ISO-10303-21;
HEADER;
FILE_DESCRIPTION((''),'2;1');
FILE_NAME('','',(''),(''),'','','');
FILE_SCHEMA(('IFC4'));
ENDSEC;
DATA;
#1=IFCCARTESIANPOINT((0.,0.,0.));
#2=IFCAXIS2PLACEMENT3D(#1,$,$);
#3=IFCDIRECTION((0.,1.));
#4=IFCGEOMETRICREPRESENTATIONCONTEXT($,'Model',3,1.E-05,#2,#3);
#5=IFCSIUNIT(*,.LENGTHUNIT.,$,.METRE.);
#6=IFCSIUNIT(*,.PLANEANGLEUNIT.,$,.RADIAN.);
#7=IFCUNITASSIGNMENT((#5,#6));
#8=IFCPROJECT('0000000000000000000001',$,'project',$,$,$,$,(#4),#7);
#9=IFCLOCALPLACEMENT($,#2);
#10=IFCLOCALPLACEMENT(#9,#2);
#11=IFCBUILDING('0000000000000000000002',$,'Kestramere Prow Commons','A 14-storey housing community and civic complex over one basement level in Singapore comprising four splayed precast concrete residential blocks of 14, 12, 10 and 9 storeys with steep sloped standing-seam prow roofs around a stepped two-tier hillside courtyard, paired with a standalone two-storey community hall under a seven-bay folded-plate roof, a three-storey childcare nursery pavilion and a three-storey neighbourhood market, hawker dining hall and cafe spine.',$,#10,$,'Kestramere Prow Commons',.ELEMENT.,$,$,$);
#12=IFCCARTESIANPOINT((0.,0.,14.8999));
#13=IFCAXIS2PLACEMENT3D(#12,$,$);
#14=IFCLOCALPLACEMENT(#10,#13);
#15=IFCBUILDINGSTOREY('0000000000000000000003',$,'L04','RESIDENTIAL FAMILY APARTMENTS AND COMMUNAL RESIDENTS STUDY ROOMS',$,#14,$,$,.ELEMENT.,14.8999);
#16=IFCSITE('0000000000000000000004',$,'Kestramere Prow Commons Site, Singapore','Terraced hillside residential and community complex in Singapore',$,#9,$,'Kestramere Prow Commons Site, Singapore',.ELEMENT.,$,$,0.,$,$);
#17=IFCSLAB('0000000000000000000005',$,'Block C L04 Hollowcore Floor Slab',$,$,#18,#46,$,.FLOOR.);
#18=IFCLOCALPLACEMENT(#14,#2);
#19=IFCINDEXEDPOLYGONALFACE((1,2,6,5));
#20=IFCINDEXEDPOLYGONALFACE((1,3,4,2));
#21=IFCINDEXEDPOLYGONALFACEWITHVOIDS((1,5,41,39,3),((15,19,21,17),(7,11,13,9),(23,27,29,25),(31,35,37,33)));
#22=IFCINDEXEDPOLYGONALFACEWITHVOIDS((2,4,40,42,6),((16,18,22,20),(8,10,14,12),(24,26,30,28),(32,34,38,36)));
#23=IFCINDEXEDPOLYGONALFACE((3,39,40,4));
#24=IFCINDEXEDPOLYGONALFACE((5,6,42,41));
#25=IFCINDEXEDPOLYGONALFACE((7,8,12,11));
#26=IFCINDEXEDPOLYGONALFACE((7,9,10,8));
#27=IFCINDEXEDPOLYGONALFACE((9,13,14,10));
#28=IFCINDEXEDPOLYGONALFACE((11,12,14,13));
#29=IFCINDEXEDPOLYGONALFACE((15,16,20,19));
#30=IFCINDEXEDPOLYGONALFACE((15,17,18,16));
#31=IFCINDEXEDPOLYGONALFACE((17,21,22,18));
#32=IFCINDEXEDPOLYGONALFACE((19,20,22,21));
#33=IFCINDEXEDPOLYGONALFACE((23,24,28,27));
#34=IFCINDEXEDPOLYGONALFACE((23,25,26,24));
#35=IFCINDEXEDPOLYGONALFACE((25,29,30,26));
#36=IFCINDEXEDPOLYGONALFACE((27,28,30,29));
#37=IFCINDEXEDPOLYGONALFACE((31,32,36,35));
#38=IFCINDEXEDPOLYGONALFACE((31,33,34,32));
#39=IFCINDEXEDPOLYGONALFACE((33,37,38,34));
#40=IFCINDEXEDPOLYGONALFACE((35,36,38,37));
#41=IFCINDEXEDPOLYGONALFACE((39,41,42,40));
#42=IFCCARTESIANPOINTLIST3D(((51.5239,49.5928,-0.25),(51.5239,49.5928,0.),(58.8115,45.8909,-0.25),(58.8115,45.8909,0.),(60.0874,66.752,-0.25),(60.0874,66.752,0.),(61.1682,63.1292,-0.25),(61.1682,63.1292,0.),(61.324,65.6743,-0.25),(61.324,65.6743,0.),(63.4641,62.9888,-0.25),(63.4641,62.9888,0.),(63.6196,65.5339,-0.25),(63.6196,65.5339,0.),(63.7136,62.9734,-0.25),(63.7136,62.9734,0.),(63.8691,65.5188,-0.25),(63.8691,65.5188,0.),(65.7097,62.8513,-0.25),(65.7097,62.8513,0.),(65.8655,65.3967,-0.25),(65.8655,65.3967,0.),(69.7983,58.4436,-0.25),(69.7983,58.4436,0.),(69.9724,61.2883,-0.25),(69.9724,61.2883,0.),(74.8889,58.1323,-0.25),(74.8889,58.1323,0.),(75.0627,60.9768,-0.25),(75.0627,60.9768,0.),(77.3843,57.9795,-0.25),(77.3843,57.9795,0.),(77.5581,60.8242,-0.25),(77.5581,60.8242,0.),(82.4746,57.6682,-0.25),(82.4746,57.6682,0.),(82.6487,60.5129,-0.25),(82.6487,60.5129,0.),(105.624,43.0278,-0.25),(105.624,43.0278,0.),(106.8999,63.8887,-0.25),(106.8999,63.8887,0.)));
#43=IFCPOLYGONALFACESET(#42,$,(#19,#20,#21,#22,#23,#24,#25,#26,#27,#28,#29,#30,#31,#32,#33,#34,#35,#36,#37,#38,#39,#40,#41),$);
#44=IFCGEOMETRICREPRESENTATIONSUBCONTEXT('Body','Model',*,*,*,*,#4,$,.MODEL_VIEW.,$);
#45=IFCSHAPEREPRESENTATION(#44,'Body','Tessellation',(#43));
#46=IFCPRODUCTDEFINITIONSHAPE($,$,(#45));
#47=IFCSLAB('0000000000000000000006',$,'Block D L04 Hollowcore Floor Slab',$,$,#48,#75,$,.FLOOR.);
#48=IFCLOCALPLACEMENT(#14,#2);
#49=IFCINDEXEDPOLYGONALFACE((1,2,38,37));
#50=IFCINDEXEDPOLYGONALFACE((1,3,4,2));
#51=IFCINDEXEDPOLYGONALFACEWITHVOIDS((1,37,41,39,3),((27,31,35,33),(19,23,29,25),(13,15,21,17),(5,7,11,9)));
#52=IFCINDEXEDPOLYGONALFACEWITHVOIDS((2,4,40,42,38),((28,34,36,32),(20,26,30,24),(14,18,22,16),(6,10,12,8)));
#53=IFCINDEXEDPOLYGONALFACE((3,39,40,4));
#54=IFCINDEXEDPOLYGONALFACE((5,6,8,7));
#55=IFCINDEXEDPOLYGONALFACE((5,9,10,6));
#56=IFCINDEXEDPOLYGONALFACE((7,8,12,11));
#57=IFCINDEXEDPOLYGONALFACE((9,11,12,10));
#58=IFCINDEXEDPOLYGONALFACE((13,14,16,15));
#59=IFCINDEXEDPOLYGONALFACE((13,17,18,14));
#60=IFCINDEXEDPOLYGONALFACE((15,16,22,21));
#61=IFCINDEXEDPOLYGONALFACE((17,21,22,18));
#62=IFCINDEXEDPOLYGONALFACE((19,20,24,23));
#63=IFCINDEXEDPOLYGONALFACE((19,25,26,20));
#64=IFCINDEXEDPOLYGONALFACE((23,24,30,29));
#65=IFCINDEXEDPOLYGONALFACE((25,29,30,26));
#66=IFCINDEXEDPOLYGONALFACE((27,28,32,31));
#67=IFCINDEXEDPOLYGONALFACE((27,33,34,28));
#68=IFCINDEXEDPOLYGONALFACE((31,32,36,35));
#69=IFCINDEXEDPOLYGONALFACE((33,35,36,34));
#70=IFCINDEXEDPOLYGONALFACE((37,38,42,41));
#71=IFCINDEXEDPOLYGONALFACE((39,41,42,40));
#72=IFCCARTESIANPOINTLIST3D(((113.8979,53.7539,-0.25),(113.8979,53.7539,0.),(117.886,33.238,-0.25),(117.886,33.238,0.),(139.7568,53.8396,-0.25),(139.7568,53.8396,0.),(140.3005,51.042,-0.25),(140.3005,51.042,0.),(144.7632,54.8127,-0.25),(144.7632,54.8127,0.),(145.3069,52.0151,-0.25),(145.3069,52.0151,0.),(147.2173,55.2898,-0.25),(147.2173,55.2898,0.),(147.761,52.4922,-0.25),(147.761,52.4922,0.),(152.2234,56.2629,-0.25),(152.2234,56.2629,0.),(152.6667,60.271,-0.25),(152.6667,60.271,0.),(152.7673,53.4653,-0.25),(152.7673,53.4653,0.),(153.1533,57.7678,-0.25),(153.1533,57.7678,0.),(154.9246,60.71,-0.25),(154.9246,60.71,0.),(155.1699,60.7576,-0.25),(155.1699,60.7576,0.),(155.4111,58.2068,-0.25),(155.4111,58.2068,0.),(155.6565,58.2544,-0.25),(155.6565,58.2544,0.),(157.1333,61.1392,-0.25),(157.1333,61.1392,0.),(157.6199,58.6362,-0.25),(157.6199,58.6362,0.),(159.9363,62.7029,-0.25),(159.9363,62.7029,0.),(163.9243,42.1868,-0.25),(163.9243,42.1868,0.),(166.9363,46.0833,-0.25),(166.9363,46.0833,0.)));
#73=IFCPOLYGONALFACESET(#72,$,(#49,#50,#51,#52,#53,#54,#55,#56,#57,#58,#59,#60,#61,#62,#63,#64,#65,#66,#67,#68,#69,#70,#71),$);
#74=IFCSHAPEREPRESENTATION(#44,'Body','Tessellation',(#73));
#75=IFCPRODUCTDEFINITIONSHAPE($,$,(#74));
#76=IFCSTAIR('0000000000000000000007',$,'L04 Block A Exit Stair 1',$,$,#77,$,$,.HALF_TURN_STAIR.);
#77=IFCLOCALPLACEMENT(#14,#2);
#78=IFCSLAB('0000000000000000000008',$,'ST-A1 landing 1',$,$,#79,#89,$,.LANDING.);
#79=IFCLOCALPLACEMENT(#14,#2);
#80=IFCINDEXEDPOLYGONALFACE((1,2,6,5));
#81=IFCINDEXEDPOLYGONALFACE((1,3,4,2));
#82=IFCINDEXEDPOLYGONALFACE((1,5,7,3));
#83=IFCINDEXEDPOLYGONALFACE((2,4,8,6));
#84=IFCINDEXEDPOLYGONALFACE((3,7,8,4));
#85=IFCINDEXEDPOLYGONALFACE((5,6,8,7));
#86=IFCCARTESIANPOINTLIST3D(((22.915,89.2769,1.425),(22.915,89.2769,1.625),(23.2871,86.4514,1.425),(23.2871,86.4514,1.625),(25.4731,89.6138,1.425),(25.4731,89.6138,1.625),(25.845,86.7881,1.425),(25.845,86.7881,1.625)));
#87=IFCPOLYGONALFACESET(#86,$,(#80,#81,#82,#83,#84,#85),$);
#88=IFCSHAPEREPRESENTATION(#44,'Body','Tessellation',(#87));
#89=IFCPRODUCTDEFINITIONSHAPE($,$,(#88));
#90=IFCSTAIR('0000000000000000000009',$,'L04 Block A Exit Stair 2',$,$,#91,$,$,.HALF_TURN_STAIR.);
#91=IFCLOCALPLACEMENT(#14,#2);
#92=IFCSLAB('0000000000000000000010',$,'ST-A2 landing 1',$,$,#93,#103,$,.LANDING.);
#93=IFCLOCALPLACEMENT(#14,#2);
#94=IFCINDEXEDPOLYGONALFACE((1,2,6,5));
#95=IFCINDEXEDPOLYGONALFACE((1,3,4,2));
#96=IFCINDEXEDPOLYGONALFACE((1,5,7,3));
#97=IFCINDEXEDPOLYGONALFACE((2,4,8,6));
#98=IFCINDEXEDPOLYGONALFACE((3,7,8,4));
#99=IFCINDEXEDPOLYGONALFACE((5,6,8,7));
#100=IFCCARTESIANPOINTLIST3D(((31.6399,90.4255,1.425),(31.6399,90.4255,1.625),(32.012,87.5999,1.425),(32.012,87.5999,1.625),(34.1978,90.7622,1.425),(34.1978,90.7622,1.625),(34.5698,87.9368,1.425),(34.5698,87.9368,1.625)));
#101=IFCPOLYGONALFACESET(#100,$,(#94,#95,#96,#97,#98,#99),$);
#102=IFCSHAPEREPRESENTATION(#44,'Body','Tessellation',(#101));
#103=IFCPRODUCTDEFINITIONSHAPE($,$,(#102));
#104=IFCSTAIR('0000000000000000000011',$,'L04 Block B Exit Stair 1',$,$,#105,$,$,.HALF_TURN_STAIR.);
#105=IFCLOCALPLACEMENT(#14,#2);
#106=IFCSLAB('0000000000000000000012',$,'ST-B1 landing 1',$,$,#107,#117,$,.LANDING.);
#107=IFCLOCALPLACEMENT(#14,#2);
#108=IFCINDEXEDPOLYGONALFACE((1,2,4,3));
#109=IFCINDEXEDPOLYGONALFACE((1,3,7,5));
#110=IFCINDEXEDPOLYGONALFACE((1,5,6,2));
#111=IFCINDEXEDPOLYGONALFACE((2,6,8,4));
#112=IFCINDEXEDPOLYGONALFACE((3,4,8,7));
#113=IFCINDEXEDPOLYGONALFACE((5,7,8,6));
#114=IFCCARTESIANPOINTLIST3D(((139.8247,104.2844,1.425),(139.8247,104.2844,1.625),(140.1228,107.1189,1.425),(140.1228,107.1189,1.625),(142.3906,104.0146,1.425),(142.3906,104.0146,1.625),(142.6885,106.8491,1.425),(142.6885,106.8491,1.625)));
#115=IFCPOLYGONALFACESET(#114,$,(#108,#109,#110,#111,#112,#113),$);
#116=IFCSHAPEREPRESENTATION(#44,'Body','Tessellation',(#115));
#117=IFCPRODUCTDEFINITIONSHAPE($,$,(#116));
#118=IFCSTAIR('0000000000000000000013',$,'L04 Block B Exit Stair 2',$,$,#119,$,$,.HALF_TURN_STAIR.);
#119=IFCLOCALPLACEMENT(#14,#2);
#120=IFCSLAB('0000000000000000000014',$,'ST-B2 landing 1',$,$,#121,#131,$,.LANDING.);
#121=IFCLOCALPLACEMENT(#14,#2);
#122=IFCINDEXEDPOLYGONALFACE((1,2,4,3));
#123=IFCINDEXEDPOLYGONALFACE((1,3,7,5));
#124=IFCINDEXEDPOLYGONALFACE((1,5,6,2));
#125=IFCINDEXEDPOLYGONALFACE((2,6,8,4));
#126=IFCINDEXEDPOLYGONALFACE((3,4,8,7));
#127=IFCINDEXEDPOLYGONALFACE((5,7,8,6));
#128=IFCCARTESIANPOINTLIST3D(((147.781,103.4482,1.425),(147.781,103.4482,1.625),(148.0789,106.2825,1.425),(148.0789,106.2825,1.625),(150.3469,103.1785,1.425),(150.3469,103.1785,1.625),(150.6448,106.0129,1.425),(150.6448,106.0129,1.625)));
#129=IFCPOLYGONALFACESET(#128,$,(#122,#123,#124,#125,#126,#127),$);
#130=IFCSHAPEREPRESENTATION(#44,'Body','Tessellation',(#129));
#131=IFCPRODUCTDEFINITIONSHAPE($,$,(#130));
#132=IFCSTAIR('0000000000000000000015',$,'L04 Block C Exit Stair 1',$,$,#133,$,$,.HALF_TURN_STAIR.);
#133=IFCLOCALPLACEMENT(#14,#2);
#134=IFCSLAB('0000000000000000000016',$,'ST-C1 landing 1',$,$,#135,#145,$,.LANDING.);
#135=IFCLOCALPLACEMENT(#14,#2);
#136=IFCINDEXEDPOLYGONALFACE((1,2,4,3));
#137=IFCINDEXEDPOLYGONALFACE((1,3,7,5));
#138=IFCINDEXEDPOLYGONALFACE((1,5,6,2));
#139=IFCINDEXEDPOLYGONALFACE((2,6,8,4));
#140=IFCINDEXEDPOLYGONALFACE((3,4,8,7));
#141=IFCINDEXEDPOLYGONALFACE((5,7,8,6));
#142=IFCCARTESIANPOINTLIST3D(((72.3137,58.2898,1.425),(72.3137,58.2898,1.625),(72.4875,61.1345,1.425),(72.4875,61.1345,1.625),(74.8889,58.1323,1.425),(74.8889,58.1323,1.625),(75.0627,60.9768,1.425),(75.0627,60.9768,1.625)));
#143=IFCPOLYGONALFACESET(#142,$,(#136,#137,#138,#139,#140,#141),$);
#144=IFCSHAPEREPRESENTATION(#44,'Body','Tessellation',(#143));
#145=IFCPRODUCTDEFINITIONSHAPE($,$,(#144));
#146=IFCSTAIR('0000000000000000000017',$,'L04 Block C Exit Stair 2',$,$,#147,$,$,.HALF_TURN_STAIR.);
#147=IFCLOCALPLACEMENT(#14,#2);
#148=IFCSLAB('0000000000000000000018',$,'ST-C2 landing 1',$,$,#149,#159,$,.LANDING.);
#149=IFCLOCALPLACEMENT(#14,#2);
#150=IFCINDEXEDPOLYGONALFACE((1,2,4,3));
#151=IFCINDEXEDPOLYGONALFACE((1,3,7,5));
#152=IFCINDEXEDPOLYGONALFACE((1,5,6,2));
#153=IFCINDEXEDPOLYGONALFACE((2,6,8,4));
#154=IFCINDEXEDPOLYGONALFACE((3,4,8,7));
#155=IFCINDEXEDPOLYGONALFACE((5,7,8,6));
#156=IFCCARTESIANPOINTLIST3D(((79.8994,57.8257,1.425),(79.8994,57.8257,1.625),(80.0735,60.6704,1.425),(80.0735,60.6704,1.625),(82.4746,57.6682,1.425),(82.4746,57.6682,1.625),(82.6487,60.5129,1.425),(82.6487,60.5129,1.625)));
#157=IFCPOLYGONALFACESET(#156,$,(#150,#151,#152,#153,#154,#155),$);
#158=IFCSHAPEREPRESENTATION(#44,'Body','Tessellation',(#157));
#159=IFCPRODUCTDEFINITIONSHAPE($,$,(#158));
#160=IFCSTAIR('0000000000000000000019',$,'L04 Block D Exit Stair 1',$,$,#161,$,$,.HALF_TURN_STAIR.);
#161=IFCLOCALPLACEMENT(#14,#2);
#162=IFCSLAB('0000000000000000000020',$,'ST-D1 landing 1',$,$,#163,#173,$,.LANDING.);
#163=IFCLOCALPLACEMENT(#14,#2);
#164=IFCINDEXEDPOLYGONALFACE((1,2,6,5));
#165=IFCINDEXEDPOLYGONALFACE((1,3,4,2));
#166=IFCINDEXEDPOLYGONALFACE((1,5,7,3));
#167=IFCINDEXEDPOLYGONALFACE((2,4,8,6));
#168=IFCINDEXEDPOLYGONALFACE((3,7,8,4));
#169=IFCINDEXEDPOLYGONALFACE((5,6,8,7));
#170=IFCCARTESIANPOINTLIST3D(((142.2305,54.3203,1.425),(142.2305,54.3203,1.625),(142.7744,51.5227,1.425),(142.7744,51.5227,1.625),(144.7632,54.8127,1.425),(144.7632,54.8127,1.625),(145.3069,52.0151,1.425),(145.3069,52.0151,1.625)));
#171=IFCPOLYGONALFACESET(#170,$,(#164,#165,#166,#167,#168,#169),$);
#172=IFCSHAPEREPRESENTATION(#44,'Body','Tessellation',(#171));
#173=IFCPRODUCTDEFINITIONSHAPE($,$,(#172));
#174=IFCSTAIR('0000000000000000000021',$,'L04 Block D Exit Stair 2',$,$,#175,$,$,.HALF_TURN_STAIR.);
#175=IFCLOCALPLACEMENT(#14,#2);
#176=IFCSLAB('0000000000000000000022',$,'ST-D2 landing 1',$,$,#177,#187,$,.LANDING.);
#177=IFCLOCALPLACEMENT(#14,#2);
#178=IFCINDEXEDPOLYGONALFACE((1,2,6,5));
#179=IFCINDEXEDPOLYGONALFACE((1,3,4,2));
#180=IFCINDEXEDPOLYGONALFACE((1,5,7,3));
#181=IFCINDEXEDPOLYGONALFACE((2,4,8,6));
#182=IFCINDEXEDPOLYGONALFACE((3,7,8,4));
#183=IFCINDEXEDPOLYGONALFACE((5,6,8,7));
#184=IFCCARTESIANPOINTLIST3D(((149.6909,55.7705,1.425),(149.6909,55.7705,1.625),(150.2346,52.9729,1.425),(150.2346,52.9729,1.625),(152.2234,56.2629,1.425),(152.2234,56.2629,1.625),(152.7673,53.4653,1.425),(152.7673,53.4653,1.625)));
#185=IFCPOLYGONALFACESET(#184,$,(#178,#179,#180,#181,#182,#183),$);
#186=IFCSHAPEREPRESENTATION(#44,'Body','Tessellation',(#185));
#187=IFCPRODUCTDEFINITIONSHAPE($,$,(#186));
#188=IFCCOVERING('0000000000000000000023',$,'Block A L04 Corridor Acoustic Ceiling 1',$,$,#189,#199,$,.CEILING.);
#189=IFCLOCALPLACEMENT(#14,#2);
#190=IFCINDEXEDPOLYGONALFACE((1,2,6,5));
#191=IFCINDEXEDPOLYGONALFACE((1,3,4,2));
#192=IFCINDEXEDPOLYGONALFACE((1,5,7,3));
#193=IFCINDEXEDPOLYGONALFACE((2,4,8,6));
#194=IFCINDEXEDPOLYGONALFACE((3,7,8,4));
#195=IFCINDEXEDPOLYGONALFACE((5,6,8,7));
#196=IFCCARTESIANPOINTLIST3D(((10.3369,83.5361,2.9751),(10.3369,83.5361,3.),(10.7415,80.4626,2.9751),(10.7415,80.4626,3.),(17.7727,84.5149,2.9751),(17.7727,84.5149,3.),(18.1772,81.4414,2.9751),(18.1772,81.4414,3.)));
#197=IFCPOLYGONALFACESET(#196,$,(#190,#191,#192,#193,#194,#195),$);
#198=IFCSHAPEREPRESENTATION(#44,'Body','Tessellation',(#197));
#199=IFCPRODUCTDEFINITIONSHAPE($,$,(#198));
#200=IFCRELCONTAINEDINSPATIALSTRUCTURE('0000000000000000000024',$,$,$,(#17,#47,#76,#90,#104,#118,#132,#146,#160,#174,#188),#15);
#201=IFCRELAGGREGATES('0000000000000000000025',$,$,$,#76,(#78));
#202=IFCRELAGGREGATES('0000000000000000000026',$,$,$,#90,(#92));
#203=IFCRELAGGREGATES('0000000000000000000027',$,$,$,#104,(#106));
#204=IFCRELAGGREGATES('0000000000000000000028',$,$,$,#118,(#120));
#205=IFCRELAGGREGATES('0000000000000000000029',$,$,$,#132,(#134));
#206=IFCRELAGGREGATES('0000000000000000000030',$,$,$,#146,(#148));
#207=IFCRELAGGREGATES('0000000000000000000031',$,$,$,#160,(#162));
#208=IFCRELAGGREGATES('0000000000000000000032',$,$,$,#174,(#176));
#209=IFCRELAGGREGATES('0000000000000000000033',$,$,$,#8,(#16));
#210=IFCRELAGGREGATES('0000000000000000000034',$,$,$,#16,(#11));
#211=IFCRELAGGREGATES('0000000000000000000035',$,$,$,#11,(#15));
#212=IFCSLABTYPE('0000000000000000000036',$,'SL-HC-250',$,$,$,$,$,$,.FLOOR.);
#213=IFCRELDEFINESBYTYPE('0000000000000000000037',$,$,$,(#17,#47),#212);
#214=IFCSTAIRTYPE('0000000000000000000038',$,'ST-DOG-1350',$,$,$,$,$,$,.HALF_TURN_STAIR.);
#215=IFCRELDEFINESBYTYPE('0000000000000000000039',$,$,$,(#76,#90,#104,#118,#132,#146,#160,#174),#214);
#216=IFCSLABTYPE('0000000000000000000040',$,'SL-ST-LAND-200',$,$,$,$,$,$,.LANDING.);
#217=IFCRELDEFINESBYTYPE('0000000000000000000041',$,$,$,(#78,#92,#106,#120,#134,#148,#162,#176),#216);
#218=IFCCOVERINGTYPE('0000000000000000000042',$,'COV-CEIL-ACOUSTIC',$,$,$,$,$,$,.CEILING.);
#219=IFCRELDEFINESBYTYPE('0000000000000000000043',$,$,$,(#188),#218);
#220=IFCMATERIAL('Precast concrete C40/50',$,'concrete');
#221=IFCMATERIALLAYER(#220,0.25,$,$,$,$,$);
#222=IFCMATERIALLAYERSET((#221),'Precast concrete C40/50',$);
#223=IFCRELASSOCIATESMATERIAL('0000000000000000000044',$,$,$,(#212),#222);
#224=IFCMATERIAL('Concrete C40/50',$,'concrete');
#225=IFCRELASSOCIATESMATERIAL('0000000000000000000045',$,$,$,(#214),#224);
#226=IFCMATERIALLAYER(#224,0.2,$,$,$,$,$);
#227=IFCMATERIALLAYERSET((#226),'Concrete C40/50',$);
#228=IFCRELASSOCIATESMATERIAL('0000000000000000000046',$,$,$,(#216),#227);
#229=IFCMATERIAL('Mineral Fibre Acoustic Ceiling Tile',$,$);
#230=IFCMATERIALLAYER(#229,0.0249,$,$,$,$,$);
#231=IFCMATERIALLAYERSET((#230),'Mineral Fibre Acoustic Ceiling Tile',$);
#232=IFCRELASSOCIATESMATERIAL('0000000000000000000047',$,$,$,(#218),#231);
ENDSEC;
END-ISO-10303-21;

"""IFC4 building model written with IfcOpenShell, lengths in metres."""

from ifc_helpers import new_model, si_unit, direction, frame, origin, place, context, subcontext, project, spatial, polyline, outline, extrude, material, layer, layer_set, type_object, element, aggregate, save


model = new_model("IFC4")

# Units and contexts
model_context = context("Model", 3, precision=1e-05, world=origin(), true_north=direction((0.0, 1.0)))
body_context = subcontext(model_context, "Body", "Model", "MODEL_VIEW")
ifc_project = project(units=[si_unit("LENGTHUNIT", "METRE"), si_unit("PLANEANGLEUNIT", "RADIAN")], contexts=[model_context])

# Site, building, storey
site_placement = place(None, origin())
site = spatial("IfcSite", under=ifc_project, at=site_placement, Name="Kestramere Prow Commons Site, Singapore", Description="Terraced hillside residential and community complex in Singapore", LongName="Kestramere Prow Commons Site, Singapore", CompositionType="ELEMENT", RefElevation=0.0)
building_placement = place(site_placement, origin())
building = spatial("IfcBuilding", under=site, at=building_placement, Name="Kestramere Prow Commons", Description="A 14-storey housing community and civic complex over one basement level in Singapore comprising four splayed precast concrete residential blocks of 14, 12, 10 and 9 storeys with steep sloped standing-seam prow roofs around a stepped two-tier hillside courtyard, paired with a standalone two-storey community hall under a seven-bay folded-plate roof, a three-storey childcare nursery pavilion and a three-storey neighbourhood market, hawker dining hall and cafe spine.", LongName="Kestramere Prow Commons", CompositionType="ELEMENT")
storey_placement = place(building_placement, frame((0.0, 0.0, 14.8999)))
storey = spatial("IfcBuildingStorey", under=building, at=storey_placement, Name="L04", Description="RESIDENTIAL FAMILY APARTMENTS AND COMMUNAL RESIDENTS STUDY ROOMS", CompositionType="ELEMENT", Elevation=14.8999)

# Slabs
ifc_material_1 = material(Name="Precast concrete C40/50", Category="concrete")
ifc_layer_1 = layer(ifc_material_1, 0.25)
ifc_layer_set_1 = layer_set([ifc_layer_1], Name="Precast concrete C40/50")
slab_type_1 = type_object("IfcSlabType", Name="SL-HC-250", PredefinedType="FLOOR", material=ifc_layer_set_1)
slab_1_placement = place(storey_placement, frame((0.0, 0.0, -0.25)))
element("IfcSlab", 1, at=slab_1_placement, inside=storey, type_object=slab_type_1, Name="Block C L04 Hollowcore Floor Slab", PredefinedType="FLOOR", context=body_context, shape_type="SweptSolid", body=[
    extrude(outline(polyline([(51.5239, 49.5928), (58.8115, 45.8909), (105.624, 43.0278), (106.8999, 63.8887), (60.0874, 66.752), (51.5239, 49.5928)]), holes=[polyline([(61.1682, 63.1292), (63.4641, 62.9888), (63.6196, 65.5339), (61.324, 65.6743), (61.1682, 63.1292)]), polyline([(63.7136, 62.9734), (65.7097, 62.8513), (65.8655, 65.3967), (63.8691, 65.5188), (63.7136, 62.9734)]), polyline([(69.7983, 58.4436), (74.8889, 58.1323), (75.0627, 60.9768), (69.9724, 61.2883), (69.7983, 58.4436)]), polyline([(77.3843, 57.9795), (82.4746, 57.6682), (82.6487, 60.5129), (77.5581, 60.8242), (77.3843, 57.9795)])]), origin(), (0.0, 0.0, 1.0), 0.25),
])
slab_2_placement = place(storey_placement, frame((0.0, 0.0, -0.25)))
element("IfcSlab", 2, at=slab_2_placement, inside=storey, type_object=slab_type_1, Name="Block D L04 Hollowcore Floor Slab", PredefinedType="FLOOR", context=body_context, shape_type="SweptSolid", body=[
    extrude(outline(polyline([(117.886, 33.238), (163.9243, 42.1868), (166.9363, 46.0833), (159.9363, 62.7029), (113.8979, 53.7539), (117.886, 33.238)]), holes=[polyline([(153.1533, 57.7678), (155.4111, 58.2068), (154.9246, 60.71), (152.6667, 60.271), (153.1533, 57.7678)]), polyline([(155.6565, 58.2544), (157.6199, 58.6362), (157.1333, 61.1392), (155.1699, 60.7576), (155.6565, 58.2544)]), polyline([(140.3005, 51.042), (145.3069, 52.0151), (144.7632, 54.8127), (139.7568, 53.8396), (140.3005, 51.042)]), polyline([(147.761, 52.4922), (152.7673, 53.4653), (152.2234, 56.2629), (147.2173, 55.2898), (147.761, 52.4922)])]), origin(), (0.0, 0.0, 1.0), 0.25),
])

# Stairs, slabs
ifc_material_2 = material(Name="Concrete C40/50", Category="concrete")
stair_type = type_object("IfcStairType", Name="ST-DOG-1350", PredefinedType="HALF_TURN_STAIR", material=ifc_material_2)
stair_1_placement = place(storey_placement, origin())
stair_1 = element("IfcStair", 3, at=stair_1_placement, inside=storey, type_object=stair_type, Name="L04 Block A Exit Stair 1", PredefinedType="HALF_TURN_STAIR")
ifc_layer_2 = layer(ifc_material_2, 0.2)
ifc_layer_set_2 = layer_set([ifc_layer_2], Name="Concrete C40/50")
slab_type_2 = type_object("IfcSlabType", Name="SL-ST-LAND-200", PredefinedType="LANDING", material=ifc_layer_set_2)
slab_3_placement = place(storey_placement, frame((0.0, 0.0, 1.425)))
slab_3 = element("IfcSlab", 4, at=slab_3_placement, type_object=slab_type_2, Name="ST-A1 landing 1", PredefinedType="LANDING", context=body_context, shape_type="SweptSolid", body=[
    extrude(outline(polyline([(23.2871, 86.4514), (25.845, 86.7881), (25.4731, 89.6138), (22.915, 89.2769), (23.2871, 86.4514)])), origin(), (0.0, 0.0, 1.0), 0.2),
])
aggregate(stair_1, [slab_3])
stair_2_placement = place(storey_placement, origin())
stair_2 = element("IfcStair", 5, at=stair_2_placement, inside=storey, type_object=stair_type, Name="L04 Block A Exit Stair 2", PredefinedType="HALF_TURN_STAIR")
slab_4_placement = place(storey_placement, frame((0.0, 0.0, 1.425)))
slab_4 = element("IfcSlab", 6, at=slab_4_placement, type_object=slab_type_2, Name="ST-A2 landing 1", PredefinedType="LANDING", context=body_context, shape_type="SweptSolid", body=[
    extrude(outline(polyline([(32.012, 87.5999), (34.5698, 87.9368), (34.1978, 90.7622), (31.6399, 90.4255), (32.012, 87.5999)])), origin(), (0.0, 0.0, 1.0), 0.2),
])
aggregate(stair_2, [slab_4])
stair_3_placement = place(storey_placement, origin())
stair_3 = element("IfcStair", 7, at=stair_3_placement, inside=storey, type_object=stair_type, Name="L04 Block B Exit Stair 1", PredefinedType="HALF_TURN_STAIR")
slab_5_placement = place(storey_placement, frame((0.0, 0.0, 1.425)))
slab_5 = element("IfcSlab", 8, at=slab_5_placement, type_object=slab_type_2, Name="ST-B1 landing 1", PredefinedType="LANDING", context=body_context, shape_type="SweptSolid", body=[
    extrude(outline(polyline([(139.8247, 104.2844), (142.3906, 104.0146), (142.6885, 106.8491), (140.1228, 107.1189), (139.8247, 104.2844)])), origin(), (0.0, 0.0, 1.0), 0.2),
])
aggregate(stair_3, [slab_5])
stair_4_placement = place(storey_placement, origin())
stair_4 = element("IfcStair", 9, at=stair_4_placement, inside=storey, type_object=stair_type, Name="L04 Block B Exit Stair 2", PredefinedType="HALF_TURN_STAIR")
slab_6_placement = place(storey_placement, frame((0.0, 0.0, 1.425)))
slab_6 = element("IfcSlab", 10, at=slab_6_placement, type_object=slab_type_2, Name="ST-B2 landing 1", PredefinedType="LANDING", context=body_context, shape_type="SweptSolid", body=[
    extrude(outline(polyline([(147.781, 103.4482), (150.3469, 103.1785), (150.6448, 106.0129), (148.0789, 106.2825), (147.781, 103.4482)])), origin(), (0.0, 0.0, 1.0), 0.2),
])
aggregate(stair_4, [slab_6])
stair_5_placement = place(storey_placement, origin())
stair_5 = element("IfcStair", 11, at=stair_5_placement, inside=storey, type_object=stair_type, Name="L04 Block C Exit Stair 1", PredefinedType="HALF_TURN_STAIR")
slab_7_placement = place(storey_placement, frame((0.0, 0.0, 1.425)))
slab_7 = element("IfcSlab", 12, at=slab_7_placement, type_object=slab_type_2, Name="ST-C1 landing 1", PredefinedType="LANDING", context=body_context, shape_type="SweptSolid", body=[
    extrude(outline(polyline([(72.3137, 58.2898), (74.8889, 58.1323), (75.0627, 60.9768), (72.4875, 61.1345), (72.3137, 58.2898)])), origin(), (0.0, 0.0, 1.0), 0.2),
])
aggregate(stair_5, [slab_7])
stair_6_placement = place(storey_placement, origin())
stair_6 = element("IfcStair", 13, at=stair_6_placement, inside=storey, type_object=stair_type, Name="L04 Block C Exit Stair 2", PredefinedType="HALF_TURN_STAIR")
slab_8_placement = place(storey_placement, frame((0.0, 0.0, 1.425)))
slab_8 = element("IfcSlab", 14, at=slab_8_placement, type_object=slab_type_2, Name="ST-C2 landing 1", PredefinedType="LANDING", context=body_context, shape_type="SweptSolid", body=[
    extrude(outline(polyline([(79.8994, 57.8257), (82.4746, 57.6682), (82.6487, 60.5129), (80.0735, 60.6704), (79.8994, 57.8257)])), origin(), (0.0, 0.0, 1.0), 0.2),
])
aggregate(stair_6, [slab_8])
stair_7_placement = place(storey_placement, origin())
stair_7 = element("IfcStair", 15, at=stair_7_placement, inside=storey, type_object=stair_type, Name="L04 Block D Exit Stair 1", PredefinedType="HALF_TURN_STAIR")
slab_9_placement = place(storey_placement, frame((0.0, 0.0, 1.425)))
slab_9 = element("IfcSlab", 16, at=slab_9_placement, type_object=slab_type_2, Name="ST-D1 landing 1", PredefinedType="LANDING", context=body_context, shape_type="SweptSolid", body=[
    extrude(outline(polyline([(142.7744, 51.5227), (145.3069, 52.0151), (144.7632, 54.8127), (142.2305, 54.3203), (142.7744, 51.5227)])), origin(), (0.0, 0.0, 1.0), 0.2),
])
aggregate(stair_7, [slab_9])
stair_8_placement = place(storey_placement, origin())
stair_8 = element("IfcStair", 17, at=stair_8_placement, inside=storey, type_object=stair_type, Name="L04 Block D Exit Stair 2", PredefinedType="HALF_TURN_STAIR")
slab_10_placement = place(storey_placement, frame((0.0, 0.0, 1.425)))
slab_10 = element("IfcSlab", 18, at=slab_10_placement, type_object=slab_type_2, Name="ST-D2 landing 1", PredefinedType="LANDING", context=body_context, shape_type="SweptSolid", body=[
    extrude(outline(polyline([(150.2346, 52.9729), (152.7673, 53.4653), (152.2234, 56.2629), (149.6909, 55.7705), (150.2346, 52.9729)])), origin(), (0.0, 0.0, 1.0), 0.2),
])
aggregate(stair_8, [slab_10])

# Covering
ifc_material_3 = material(Name="Mineral Fibre Acoustic Ceiling Tile")
ifc_layer_3 = layer(ifc_material_3, 0.0249)
ifc_layer_set_3 = layer_set([ifc_layer_3], Name="Mineral Fibre Acoustic Ceiling Tile")
covering_type_1 = type_object("IfcCoveringType", Name="COV-CEIL-ACOUSTIC", PredefinedType="CEILING", material=ifc_layer_set_3)
covering_1_placement = place(storey_placement, frame((0.0, 0.0, 2.9751)))
element("IfcCovering", 19, at=covering_1_placement, inside=storey, type_object=covering_type_1, Name="Block A L04 Corridor Acoustic Ceiling 1", PredefinedType="CEILING", context=body_context, shape_type="SweptSolid", body=[
    extrude(outline(polyline([(10.7415, 80.4626), (18.1772, 81.4414), (17.7727, 84.5149), (10.3369, 83.5361), (10.7415, 80.4626)])), origin(), (0.0, 0.0, 1.0), 0.0249),
])

save(model, "model.ifc")
